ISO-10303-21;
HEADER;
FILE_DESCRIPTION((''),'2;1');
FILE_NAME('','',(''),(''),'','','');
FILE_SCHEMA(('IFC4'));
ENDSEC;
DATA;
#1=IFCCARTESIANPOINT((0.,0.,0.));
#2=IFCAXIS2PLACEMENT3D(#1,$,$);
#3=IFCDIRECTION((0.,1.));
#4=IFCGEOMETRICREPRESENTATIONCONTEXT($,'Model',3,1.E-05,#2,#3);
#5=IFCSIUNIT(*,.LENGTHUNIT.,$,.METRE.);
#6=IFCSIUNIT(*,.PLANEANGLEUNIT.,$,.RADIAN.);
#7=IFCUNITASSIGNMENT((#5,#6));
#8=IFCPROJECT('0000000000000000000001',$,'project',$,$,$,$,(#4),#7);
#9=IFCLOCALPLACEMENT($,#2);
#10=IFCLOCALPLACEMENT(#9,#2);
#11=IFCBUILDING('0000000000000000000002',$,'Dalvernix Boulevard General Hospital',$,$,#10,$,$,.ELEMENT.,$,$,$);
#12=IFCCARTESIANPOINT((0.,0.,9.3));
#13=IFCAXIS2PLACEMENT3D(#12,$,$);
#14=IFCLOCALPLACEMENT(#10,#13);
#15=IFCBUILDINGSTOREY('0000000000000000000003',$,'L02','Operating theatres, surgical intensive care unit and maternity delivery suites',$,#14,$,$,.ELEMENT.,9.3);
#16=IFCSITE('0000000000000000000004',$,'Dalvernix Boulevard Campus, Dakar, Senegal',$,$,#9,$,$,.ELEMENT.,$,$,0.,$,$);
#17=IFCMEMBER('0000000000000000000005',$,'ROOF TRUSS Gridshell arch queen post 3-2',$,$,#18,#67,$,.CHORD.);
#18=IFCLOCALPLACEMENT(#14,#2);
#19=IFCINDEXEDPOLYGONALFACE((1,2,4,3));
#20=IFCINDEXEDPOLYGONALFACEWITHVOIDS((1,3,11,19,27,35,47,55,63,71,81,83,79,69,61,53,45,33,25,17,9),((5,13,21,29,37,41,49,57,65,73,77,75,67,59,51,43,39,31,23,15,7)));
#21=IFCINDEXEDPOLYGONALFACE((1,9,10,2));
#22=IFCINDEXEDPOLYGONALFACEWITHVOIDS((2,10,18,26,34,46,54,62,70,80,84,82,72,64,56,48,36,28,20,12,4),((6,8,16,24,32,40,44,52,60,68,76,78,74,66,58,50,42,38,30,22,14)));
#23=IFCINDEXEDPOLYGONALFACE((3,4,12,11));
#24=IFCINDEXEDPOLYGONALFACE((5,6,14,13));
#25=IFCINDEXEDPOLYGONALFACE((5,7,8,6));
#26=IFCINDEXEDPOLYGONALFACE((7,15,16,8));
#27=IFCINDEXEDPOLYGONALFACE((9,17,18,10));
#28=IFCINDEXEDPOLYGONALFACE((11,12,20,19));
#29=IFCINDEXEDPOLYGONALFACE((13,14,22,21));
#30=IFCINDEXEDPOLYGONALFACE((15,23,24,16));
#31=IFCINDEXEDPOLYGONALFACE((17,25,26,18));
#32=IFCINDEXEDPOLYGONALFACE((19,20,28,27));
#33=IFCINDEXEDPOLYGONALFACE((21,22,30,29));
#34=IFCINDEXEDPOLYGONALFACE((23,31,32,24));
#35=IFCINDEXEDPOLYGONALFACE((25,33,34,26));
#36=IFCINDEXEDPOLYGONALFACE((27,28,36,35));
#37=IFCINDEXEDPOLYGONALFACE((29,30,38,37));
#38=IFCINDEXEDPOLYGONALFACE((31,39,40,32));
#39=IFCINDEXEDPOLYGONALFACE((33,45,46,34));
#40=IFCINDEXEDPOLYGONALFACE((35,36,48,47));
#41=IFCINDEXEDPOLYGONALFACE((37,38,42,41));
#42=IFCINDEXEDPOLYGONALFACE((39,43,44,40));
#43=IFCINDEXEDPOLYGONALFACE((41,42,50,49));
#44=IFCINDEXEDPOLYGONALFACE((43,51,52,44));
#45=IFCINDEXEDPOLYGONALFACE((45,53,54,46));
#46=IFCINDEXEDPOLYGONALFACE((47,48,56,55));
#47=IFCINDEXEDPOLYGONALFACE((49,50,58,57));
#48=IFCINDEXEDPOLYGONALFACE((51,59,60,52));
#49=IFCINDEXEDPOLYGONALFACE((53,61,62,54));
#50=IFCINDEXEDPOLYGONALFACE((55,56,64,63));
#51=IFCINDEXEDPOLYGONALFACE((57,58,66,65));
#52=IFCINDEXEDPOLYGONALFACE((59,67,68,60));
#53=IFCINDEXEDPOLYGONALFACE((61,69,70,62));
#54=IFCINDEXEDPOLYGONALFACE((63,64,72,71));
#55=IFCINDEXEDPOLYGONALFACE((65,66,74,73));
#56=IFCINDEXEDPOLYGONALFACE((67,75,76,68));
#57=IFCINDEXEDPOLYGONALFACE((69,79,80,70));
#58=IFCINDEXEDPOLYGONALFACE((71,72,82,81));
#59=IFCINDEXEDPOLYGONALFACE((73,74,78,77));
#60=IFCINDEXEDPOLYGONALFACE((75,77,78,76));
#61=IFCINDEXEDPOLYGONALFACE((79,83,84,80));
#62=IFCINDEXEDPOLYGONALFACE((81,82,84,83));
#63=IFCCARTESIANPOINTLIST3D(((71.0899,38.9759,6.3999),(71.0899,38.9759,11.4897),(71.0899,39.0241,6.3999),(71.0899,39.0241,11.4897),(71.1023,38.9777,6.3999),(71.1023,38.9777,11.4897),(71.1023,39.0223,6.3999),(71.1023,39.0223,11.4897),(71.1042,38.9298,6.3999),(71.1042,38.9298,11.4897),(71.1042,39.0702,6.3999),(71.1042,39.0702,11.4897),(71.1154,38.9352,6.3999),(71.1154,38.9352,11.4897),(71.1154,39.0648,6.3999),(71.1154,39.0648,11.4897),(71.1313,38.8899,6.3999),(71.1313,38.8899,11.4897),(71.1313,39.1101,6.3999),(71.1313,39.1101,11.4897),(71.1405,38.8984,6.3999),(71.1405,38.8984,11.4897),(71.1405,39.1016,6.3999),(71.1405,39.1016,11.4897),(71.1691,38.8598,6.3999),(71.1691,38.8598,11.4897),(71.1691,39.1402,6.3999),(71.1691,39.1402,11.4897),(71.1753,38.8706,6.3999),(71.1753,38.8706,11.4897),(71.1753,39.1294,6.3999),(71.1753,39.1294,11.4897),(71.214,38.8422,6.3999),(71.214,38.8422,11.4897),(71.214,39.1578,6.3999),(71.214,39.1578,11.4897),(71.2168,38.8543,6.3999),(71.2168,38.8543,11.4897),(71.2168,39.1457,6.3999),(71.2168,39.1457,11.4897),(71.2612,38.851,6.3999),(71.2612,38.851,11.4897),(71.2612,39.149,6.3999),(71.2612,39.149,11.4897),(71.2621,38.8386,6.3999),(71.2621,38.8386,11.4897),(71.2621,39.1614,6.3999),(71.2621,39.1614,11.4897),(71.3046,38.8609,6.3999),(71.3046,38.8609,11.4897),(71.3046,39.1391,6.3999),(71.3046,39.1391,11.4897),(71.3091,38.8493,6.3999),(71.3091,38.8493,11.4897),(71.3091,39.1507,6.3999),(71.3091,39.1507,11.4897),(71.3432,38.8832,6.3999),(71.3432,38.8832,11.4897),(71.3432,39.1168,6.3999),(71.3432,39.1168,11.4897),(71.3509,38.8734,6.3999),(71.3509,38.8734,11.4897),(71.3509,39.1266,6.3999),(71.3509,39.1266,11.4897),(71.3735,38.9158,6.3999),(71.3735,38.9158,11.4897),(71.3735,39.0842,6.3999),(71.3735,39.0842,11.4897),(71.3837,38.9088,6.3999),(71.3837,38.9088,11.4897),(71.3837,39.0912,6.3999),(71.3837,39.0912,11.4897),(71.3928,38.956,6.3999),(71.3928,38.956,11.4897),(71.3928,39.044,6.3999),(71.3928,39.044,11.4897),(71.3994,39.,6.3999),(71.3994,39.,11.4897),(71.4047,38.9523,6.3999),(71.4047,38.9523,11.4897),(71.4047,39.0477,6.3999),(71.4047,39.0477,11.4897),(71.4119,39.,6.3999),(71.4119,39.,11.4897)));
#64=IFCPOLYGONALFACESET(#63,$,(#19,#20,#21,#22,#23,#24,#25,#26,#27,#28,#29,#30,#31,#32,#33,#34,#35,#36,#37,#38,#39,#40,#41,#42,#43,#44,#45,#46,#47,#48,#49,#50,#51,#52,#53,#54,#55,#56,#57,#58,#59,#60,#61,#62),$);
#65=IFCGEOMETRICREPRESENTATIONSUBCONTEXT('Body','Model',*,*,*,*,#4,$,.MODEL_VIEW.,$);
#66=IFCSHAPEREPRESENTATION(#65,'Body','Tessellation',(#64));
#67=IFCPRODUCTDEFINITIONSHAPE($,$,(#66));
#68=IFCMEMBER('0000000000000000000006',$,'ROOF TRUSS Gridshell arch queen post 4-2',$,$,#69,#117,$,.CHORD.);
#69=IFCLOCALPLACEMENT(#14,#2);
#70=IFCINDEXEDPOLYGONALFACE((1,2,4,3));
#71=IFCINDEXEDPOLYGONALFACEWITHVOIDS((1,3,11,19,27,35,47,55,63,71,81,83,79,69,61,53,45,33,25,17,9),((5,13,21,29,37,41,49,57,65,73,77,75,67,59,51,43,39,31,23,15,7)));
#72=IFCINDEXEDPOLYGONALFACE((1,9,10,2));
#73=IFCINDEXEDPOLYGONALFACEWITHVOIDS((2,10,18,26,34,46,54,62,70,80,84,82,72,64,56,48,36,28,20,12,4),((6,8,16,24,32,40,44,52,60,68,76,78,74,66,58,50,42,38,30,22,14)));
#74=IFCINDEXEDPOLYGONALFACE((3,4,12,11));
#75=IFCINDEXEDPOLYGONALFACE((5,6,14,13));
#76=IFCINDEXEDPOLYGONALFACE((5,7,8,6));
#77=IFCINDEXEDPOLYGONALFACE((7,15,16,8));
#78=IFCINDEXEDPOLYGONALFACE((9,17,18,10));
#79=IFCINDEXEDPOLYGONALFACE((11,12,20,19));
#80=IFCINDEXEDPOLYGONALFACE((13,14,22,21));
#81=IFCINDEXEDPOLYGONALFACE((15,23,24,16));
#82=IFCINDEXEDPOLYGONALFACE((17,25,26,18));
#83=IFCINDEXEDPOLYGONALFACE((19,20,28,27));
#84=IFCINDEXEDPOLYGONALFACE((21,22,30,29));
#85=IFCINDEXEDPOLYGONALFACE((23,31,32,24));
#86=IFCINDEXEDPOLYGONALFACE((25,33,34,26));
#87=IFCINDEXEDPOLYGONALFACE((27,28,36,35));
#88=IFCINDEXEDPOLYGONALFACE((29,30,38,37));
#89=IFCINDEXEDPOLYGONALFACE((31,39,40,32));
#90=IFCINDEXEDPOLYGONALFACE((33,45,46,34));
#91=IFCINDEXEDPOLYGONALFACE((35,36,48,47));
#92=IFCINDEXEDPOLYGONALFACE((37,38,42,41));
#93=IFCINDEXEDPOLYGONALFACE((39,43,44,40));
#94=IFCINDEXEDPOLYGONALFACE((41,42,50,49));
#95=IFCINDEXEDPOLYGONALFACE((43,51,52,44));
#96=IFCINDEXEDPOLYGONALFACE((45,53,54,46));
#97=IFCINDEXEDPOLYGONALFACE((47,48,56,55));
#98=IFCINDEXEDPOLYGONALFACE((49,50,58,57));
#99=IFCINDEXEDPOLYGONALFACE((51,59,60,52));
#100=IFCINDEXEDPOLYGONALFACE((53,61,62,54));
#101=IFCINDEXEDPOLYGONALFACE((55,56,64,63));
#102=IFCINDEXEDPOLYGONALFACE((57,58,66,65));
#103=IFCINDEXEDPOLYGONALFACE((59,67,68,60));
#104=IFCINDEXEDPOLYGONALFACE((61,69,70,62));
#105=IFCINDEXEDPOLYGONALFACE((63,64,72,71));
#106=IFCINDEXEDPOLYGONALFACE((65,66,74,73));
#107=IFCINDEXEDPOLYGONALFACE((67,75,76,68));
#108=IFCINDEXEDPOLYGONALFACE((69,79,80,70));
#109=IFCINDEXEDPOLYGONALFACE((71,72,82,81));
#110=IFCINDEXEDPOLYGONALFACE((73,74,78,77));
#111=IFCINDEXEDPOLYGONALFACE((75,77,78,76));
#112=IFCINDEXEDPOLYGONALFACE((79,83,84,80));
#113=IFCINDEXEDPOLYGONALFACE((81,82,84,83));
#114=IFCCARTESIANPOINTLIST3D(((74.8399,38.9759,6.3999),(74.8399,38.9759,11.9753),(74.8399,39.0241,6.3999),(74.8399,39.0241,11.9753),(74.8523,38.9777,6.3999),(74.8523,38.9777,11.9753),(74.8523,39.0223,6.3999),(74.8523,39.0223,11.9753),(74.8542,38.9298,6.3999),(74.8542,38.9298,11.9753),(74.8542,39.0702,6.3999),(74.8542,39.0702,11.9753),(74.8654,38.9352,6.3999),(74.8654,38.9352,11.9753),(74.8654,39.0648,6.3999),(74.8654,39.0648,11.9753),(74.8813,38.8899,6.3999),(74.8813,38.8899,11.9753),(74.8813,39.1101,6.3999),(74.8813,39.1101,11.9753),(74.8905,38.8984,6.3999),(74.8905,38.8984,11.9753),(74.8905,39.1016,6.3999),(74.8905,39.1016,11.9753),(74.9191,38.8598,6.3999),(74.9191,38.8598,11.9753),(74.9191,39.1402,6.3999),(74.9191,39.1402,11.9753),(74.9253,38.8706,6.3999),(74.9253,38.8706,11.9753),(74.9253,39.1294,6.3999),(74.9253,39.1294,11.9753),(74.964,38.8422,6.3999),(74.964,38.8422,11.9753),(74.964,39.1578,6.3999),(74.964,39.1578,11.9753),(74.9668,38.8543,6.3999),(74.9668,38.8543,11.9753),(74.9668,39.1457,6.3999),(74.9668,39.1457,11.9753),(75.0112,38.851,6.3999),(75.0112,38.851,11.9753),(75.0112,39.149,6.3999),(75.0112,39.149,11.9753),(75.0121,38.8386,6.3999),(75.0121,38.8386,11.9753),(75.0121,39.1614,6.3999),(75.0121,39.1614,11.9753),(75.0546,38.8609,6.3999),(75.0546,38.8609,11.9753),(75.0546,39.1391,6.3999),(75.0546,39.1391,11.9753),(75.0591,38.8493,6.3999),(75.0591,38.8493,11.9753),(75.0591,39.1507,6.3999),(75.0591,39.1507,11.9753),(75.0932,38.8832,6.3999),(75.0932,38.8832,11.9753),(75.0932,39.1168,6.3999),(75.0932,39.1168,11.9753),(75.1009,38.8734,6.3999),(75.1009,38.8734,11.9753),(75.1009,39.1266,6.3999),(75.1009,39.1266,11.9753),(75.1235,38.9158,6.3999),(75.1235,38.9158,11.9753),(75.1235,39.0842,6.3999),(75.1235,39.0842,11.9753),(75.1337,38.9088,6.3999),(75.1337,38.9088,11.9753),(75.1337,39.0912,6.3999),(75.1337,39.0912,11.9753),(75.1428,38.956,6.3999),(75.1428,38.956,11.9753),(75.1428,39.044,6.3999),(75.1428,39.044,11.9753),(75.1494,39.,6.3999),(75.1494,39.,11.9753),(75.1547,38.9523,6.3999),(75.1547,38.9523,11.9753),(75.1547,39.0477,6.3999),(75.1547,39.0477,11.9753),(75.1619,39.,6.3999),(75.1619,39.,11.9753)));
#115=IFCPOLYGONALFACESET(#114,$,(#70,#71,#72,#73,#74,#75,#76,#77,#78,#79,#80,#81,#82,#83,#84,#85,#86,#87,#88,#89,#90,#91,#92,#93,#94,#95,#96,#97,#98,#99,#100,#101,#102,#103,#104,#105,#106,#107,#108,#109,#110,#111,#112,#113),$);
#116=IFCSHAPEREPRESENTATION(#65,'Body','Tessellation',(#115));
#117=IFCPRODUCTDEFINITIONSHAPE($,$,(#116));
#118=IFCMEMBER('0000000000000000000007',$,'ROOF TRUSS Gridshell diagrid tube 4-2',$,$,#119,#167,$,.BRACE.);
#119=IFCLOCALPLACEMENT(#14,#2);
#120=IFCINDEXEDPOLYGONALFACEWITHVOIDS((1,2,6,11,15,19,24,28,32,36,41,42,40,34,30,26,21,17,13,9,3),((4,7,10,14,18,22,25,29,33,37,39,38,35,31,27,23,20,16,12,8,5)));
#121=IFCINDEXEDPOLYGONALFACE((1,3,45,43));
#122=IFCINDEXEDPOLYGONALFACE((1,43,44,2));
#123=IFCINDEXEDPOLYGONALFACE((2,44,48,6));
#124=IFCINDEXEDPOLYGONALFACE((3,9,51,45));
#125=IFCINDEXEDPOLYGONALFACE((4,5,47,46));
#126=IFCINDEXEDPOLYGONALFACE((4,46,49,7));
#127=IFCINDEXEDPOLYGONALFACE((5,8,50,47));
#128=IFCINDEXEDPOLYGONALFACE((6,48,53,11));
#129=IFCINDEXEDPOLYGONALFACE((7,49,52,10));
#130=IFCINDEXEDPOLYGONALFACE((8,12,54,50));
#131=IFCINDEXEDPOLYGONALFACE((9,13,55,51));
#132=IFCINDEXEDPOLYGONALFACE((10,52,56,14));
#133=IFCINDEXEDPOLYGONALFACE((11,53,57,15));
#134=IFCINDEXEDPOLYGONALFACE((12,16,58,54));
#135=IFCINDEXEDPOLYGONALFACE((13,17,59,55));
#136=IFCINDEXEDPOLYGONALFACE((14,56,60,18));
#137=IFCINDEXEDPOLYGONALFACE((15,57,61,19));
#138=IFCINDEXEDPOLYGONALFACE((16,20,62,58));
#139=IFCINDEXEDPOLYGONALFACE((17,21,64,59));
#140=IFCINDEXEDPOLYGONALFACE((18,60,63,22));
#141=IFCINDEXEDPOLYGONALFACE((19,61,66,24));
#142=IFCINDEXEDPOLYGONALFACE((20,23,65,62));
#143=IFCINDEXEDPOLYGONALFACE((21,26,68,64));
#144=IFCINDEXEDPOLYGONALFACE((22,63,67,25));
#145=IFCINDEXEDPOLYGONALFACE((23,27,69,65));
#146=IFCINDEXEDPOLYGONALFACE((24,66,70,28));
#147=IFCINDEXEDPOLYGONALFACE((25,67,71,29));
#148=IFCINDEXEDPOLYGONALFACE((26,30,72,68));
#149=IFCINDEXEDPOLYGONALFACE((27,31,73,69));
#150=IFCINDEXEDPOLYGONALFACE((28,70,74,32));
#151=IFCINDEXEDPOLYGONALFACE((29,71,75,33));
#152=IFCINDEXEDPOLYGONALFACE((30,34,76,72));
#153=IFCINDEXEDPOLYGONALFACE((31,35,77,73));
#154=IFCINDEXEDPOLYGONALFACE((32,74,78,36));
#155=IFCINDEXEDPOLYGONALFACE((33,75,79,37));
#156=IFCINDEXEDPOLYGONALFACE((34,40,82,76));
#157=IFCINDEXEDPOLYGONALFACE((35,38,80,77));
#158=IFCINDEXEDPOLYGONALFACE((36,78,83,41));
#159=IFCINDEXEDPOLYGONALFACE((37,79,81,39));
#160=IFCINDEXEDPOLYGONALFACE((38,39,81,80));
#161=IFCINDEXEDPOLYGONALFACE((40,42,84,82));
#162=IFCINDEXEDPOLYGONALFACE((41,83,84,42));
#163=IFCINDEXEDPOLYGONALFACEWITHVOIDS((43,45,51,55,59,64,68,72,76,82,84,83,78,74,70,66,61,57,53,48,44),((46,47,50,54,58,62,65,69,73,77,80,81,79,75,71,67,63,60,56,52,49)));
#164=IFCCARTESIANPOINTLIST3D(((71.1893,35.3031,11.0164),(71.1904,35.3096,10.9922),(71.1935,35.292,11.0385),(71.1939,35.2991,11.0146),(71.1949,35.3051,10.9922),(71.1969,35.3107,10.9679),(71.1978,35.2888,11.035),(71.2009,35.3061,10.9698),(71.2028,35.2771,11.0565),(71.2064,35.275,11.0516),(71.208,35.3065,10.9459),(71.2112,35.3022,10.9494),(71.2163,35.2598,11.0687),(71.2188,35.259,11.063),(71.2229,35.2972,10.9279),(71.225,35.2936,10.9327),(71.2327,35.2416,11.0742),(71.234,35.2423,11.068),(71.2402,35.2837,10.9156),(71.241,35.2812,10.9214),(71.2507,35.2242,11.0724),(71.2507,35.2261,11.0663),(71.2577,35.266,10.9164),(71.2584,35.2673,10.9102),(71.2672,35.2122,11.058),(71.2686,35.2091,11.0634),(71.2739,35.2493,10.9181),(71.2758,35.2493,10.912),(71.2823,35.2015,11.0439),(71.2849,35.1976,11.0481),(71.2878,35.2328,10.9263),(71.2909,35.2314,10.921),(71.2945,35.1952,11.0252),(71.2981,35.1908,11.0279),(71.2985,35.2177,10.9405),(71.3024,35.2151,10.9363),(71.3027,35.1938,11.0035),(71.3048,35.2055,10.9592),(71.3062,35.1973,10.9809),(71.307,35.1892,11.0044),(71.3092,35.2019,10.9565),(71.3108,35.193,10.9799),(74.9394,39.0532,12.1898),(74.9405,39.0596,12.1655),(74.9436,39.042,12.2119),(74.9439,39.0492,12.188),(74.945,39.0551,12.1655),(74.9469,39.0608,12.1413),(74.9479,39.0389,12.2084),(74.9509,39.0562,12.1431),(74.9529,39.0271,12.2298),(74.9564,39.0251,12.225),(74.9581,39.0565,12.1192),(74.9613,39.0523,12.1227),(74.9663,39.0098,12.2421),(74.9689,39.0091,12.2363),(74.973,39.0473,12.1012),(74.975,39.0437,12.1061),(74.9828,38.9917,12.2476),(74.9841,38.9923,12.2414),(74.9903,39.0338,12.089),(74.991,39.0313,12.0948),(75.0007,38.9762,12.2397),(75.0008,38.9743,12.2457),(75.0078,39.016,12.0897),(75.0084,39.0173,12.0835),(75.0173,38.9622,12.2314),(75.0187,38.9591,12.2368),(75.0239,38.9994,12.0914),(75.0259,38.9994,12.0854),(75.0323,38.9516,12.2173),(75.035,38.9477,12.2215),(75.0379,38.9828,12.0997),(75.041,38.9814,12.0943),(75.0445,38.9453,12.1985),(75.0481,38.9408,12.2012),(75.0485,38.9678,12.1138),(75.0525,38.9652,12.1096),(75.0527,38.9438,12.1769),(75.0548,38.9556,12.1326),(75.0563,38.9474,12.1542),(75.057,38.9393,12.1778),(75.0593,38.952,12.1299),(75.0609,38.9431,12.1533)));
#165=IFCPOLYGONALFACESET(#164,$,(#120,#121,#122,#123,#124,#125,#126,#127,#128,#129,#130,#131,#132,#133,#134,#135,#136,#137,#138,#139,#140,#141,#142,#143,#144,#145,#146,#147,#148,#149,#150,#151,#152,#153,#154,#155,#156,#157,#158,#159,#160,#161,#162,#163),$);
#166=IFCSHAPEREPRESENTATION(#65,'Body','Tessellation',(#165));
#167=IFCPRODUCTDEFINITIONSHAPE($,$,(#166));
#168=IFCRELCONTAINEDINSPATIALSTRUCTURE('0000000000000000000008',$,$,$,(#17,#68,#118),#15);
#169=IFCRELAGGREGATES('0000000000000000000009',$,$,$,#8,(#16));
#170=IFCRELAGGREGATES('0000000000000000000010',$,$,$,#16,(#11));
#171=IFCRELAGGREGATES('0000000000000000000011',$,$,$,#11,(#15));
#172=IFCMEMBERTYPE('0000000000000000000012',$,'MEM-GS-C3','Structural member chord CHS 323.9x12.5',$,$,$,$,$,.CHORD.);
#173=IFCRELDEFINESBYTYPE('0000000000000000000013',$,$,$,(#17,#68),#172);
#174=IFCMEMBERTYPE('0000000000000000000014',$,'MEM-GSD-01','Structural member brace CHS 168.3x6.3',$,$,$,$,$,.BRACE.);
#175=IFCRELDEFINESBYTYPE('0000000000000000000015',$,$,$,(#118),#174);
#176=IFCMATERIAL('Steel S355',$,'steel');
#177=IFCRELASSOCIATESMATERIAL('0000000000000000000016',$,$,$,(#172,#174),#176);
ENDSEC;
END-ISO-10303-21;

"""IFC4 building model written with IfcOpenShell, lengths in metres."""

from ifc_helpers import new_model, si_unit, direction, frame, origin, origin_2d, place, context, subcontext, project, spatial, hollow_circle, extrude, material, material_profile, profile_set, type_object, element, save


model = new_model("IFC4")

# Units and contexts
model_context = context("Model", 3, precision=1e-05, world=origin(), true_north=direction((0.0, 1.0)))
body_context = subcontext(model_context, "Body", "Model", "MODEL_VIEW")
ifc_project = project(units=[si_unit("LENGTHUNIT", "METRE"), si_unit("PLANEANGLEUNIT", "RADIAN")], contexts=[model_context])

# Site, building, storey
site_placement = place(None, origin())
site = spatial("IfcSite", under=ifc_project, at=site_placement, Name="Dalvernix Boulevard Campus, Dakar, Senegal", CompositionType="ELEMENT", RefElevation=0.0)
building_placement = place(site_placement, origin())
building = spatial("IfcBuilding", under=site, at=building_placement, Name="Dalvernix Boulevard General Hospital", CompositionType="ELEMENT")
storey_placement = place(building_placement, frame((0.0, 0.0, 9.3)))
storey = spatial("IfcBuildingStorey", under=building, at=storey_placement, Name="L02", Description="Operating theatres, surgical intensive care unit and maternity delivery suites", CompositionType="ELEMENT", Elevation=9.3)

# Members
ifc_material_1 = material(Name="Steel S355", Category="steel")
ifc_material_profile_1 = material_profile(ifc_material_1, hollow_circle(Radius=0.1619, WallThickness=0.0125, at=origin_2d()), Name="CHS 323.9x12.5")
ifc_profile_set_1 = profile_set([ifc_material_profile_1], Name="Steel S355")
member_type_1 = type_object("IfcMemberType", Name="MEM-GS-C3", Description="Structural member chord CHS 323.9x12.5", PredefinedType="CHORD", material=ifc_profile_set_1)
member_1_placement = place(storey_placement, frame((71.25, 39.0, 6.3999), z_axis=(0.0, 0.0, 1.0), x_axis=(1.0, 0.0, 0.0)))
element("IfcMember", 1, at=member_1_placement, inside=storey, type_object=member_type_1, Name="ROOF TRUSS Gridshell arch queen post 3-2", PredefinedType="CHORD", context=body_context, shape_type="SweptSolid", body=[
    extrude(hollow_circle(Radius=0.1619, WallThickness=0.0125, at=origin_2d()), origin(), (0.0, 0.0, 1.0), 5.0898),
])
member_2_placement = place(storey_placement, frame((75.0, 39.0, 6.3999), z_axis=(0.0, 0.0, 1.0), x_axis=(1.0, 0.0, 0.0)))
element("IfcMember", 2, at=member_2_placement, inside=storey, type_object=member_type_1, Name="ROOF TRUSS Gridshell arch queen post 4-2", PredefinedType="CHORD", context=body_context, shape_type="SweptSolid", body=[
    extrude(hollow_circle(Radius=0.1619, WallThickness=0.0125, at=origin_2d()), origin(), (0.0, 0.0, 1.0), 5.5754),
])
ifc_material_profile_2 = material_profile(ifc_material_1, hollow_circle(Radius=0.0842, WallThickness=0.0063, at=origin_2d()), Name="CHS 168.3x6.3")
ifc_profile_set_2 = profile_set([ifc_material_profile_2], Name="Steel S355")
member_type_2 = type_object("IfcMemberType", Name="MEM-GSD-01", Description="Structural member brace CHS 168.3x6.3", PredefinedType="BRACE", material=ifc_profile_set_2)
member_3_placement = place(storey_placement, frame((71.25, 35.25, 10.9922), z_axis=(0.690411, 0.690411, 0.216023), x_axis=(-0.707107, 0.707107, 0.0)))
element("IfcMember", 3, at=member_3_placement, inside=storey, type_object=member_type_2, Name="ROOF TRUSS Gridshell diagrid tube 4-2", PredefinedType="BRACE", context=body_context, shape_type="SweptSolid", body=[
    extrude(hollow_circle(Radius=0.0842, WallThickness=0.0063, at=origin_2d()), origin(), (0.0, 0.0, 1.0), 5.4316),
])

save(model, "model.ifc")
